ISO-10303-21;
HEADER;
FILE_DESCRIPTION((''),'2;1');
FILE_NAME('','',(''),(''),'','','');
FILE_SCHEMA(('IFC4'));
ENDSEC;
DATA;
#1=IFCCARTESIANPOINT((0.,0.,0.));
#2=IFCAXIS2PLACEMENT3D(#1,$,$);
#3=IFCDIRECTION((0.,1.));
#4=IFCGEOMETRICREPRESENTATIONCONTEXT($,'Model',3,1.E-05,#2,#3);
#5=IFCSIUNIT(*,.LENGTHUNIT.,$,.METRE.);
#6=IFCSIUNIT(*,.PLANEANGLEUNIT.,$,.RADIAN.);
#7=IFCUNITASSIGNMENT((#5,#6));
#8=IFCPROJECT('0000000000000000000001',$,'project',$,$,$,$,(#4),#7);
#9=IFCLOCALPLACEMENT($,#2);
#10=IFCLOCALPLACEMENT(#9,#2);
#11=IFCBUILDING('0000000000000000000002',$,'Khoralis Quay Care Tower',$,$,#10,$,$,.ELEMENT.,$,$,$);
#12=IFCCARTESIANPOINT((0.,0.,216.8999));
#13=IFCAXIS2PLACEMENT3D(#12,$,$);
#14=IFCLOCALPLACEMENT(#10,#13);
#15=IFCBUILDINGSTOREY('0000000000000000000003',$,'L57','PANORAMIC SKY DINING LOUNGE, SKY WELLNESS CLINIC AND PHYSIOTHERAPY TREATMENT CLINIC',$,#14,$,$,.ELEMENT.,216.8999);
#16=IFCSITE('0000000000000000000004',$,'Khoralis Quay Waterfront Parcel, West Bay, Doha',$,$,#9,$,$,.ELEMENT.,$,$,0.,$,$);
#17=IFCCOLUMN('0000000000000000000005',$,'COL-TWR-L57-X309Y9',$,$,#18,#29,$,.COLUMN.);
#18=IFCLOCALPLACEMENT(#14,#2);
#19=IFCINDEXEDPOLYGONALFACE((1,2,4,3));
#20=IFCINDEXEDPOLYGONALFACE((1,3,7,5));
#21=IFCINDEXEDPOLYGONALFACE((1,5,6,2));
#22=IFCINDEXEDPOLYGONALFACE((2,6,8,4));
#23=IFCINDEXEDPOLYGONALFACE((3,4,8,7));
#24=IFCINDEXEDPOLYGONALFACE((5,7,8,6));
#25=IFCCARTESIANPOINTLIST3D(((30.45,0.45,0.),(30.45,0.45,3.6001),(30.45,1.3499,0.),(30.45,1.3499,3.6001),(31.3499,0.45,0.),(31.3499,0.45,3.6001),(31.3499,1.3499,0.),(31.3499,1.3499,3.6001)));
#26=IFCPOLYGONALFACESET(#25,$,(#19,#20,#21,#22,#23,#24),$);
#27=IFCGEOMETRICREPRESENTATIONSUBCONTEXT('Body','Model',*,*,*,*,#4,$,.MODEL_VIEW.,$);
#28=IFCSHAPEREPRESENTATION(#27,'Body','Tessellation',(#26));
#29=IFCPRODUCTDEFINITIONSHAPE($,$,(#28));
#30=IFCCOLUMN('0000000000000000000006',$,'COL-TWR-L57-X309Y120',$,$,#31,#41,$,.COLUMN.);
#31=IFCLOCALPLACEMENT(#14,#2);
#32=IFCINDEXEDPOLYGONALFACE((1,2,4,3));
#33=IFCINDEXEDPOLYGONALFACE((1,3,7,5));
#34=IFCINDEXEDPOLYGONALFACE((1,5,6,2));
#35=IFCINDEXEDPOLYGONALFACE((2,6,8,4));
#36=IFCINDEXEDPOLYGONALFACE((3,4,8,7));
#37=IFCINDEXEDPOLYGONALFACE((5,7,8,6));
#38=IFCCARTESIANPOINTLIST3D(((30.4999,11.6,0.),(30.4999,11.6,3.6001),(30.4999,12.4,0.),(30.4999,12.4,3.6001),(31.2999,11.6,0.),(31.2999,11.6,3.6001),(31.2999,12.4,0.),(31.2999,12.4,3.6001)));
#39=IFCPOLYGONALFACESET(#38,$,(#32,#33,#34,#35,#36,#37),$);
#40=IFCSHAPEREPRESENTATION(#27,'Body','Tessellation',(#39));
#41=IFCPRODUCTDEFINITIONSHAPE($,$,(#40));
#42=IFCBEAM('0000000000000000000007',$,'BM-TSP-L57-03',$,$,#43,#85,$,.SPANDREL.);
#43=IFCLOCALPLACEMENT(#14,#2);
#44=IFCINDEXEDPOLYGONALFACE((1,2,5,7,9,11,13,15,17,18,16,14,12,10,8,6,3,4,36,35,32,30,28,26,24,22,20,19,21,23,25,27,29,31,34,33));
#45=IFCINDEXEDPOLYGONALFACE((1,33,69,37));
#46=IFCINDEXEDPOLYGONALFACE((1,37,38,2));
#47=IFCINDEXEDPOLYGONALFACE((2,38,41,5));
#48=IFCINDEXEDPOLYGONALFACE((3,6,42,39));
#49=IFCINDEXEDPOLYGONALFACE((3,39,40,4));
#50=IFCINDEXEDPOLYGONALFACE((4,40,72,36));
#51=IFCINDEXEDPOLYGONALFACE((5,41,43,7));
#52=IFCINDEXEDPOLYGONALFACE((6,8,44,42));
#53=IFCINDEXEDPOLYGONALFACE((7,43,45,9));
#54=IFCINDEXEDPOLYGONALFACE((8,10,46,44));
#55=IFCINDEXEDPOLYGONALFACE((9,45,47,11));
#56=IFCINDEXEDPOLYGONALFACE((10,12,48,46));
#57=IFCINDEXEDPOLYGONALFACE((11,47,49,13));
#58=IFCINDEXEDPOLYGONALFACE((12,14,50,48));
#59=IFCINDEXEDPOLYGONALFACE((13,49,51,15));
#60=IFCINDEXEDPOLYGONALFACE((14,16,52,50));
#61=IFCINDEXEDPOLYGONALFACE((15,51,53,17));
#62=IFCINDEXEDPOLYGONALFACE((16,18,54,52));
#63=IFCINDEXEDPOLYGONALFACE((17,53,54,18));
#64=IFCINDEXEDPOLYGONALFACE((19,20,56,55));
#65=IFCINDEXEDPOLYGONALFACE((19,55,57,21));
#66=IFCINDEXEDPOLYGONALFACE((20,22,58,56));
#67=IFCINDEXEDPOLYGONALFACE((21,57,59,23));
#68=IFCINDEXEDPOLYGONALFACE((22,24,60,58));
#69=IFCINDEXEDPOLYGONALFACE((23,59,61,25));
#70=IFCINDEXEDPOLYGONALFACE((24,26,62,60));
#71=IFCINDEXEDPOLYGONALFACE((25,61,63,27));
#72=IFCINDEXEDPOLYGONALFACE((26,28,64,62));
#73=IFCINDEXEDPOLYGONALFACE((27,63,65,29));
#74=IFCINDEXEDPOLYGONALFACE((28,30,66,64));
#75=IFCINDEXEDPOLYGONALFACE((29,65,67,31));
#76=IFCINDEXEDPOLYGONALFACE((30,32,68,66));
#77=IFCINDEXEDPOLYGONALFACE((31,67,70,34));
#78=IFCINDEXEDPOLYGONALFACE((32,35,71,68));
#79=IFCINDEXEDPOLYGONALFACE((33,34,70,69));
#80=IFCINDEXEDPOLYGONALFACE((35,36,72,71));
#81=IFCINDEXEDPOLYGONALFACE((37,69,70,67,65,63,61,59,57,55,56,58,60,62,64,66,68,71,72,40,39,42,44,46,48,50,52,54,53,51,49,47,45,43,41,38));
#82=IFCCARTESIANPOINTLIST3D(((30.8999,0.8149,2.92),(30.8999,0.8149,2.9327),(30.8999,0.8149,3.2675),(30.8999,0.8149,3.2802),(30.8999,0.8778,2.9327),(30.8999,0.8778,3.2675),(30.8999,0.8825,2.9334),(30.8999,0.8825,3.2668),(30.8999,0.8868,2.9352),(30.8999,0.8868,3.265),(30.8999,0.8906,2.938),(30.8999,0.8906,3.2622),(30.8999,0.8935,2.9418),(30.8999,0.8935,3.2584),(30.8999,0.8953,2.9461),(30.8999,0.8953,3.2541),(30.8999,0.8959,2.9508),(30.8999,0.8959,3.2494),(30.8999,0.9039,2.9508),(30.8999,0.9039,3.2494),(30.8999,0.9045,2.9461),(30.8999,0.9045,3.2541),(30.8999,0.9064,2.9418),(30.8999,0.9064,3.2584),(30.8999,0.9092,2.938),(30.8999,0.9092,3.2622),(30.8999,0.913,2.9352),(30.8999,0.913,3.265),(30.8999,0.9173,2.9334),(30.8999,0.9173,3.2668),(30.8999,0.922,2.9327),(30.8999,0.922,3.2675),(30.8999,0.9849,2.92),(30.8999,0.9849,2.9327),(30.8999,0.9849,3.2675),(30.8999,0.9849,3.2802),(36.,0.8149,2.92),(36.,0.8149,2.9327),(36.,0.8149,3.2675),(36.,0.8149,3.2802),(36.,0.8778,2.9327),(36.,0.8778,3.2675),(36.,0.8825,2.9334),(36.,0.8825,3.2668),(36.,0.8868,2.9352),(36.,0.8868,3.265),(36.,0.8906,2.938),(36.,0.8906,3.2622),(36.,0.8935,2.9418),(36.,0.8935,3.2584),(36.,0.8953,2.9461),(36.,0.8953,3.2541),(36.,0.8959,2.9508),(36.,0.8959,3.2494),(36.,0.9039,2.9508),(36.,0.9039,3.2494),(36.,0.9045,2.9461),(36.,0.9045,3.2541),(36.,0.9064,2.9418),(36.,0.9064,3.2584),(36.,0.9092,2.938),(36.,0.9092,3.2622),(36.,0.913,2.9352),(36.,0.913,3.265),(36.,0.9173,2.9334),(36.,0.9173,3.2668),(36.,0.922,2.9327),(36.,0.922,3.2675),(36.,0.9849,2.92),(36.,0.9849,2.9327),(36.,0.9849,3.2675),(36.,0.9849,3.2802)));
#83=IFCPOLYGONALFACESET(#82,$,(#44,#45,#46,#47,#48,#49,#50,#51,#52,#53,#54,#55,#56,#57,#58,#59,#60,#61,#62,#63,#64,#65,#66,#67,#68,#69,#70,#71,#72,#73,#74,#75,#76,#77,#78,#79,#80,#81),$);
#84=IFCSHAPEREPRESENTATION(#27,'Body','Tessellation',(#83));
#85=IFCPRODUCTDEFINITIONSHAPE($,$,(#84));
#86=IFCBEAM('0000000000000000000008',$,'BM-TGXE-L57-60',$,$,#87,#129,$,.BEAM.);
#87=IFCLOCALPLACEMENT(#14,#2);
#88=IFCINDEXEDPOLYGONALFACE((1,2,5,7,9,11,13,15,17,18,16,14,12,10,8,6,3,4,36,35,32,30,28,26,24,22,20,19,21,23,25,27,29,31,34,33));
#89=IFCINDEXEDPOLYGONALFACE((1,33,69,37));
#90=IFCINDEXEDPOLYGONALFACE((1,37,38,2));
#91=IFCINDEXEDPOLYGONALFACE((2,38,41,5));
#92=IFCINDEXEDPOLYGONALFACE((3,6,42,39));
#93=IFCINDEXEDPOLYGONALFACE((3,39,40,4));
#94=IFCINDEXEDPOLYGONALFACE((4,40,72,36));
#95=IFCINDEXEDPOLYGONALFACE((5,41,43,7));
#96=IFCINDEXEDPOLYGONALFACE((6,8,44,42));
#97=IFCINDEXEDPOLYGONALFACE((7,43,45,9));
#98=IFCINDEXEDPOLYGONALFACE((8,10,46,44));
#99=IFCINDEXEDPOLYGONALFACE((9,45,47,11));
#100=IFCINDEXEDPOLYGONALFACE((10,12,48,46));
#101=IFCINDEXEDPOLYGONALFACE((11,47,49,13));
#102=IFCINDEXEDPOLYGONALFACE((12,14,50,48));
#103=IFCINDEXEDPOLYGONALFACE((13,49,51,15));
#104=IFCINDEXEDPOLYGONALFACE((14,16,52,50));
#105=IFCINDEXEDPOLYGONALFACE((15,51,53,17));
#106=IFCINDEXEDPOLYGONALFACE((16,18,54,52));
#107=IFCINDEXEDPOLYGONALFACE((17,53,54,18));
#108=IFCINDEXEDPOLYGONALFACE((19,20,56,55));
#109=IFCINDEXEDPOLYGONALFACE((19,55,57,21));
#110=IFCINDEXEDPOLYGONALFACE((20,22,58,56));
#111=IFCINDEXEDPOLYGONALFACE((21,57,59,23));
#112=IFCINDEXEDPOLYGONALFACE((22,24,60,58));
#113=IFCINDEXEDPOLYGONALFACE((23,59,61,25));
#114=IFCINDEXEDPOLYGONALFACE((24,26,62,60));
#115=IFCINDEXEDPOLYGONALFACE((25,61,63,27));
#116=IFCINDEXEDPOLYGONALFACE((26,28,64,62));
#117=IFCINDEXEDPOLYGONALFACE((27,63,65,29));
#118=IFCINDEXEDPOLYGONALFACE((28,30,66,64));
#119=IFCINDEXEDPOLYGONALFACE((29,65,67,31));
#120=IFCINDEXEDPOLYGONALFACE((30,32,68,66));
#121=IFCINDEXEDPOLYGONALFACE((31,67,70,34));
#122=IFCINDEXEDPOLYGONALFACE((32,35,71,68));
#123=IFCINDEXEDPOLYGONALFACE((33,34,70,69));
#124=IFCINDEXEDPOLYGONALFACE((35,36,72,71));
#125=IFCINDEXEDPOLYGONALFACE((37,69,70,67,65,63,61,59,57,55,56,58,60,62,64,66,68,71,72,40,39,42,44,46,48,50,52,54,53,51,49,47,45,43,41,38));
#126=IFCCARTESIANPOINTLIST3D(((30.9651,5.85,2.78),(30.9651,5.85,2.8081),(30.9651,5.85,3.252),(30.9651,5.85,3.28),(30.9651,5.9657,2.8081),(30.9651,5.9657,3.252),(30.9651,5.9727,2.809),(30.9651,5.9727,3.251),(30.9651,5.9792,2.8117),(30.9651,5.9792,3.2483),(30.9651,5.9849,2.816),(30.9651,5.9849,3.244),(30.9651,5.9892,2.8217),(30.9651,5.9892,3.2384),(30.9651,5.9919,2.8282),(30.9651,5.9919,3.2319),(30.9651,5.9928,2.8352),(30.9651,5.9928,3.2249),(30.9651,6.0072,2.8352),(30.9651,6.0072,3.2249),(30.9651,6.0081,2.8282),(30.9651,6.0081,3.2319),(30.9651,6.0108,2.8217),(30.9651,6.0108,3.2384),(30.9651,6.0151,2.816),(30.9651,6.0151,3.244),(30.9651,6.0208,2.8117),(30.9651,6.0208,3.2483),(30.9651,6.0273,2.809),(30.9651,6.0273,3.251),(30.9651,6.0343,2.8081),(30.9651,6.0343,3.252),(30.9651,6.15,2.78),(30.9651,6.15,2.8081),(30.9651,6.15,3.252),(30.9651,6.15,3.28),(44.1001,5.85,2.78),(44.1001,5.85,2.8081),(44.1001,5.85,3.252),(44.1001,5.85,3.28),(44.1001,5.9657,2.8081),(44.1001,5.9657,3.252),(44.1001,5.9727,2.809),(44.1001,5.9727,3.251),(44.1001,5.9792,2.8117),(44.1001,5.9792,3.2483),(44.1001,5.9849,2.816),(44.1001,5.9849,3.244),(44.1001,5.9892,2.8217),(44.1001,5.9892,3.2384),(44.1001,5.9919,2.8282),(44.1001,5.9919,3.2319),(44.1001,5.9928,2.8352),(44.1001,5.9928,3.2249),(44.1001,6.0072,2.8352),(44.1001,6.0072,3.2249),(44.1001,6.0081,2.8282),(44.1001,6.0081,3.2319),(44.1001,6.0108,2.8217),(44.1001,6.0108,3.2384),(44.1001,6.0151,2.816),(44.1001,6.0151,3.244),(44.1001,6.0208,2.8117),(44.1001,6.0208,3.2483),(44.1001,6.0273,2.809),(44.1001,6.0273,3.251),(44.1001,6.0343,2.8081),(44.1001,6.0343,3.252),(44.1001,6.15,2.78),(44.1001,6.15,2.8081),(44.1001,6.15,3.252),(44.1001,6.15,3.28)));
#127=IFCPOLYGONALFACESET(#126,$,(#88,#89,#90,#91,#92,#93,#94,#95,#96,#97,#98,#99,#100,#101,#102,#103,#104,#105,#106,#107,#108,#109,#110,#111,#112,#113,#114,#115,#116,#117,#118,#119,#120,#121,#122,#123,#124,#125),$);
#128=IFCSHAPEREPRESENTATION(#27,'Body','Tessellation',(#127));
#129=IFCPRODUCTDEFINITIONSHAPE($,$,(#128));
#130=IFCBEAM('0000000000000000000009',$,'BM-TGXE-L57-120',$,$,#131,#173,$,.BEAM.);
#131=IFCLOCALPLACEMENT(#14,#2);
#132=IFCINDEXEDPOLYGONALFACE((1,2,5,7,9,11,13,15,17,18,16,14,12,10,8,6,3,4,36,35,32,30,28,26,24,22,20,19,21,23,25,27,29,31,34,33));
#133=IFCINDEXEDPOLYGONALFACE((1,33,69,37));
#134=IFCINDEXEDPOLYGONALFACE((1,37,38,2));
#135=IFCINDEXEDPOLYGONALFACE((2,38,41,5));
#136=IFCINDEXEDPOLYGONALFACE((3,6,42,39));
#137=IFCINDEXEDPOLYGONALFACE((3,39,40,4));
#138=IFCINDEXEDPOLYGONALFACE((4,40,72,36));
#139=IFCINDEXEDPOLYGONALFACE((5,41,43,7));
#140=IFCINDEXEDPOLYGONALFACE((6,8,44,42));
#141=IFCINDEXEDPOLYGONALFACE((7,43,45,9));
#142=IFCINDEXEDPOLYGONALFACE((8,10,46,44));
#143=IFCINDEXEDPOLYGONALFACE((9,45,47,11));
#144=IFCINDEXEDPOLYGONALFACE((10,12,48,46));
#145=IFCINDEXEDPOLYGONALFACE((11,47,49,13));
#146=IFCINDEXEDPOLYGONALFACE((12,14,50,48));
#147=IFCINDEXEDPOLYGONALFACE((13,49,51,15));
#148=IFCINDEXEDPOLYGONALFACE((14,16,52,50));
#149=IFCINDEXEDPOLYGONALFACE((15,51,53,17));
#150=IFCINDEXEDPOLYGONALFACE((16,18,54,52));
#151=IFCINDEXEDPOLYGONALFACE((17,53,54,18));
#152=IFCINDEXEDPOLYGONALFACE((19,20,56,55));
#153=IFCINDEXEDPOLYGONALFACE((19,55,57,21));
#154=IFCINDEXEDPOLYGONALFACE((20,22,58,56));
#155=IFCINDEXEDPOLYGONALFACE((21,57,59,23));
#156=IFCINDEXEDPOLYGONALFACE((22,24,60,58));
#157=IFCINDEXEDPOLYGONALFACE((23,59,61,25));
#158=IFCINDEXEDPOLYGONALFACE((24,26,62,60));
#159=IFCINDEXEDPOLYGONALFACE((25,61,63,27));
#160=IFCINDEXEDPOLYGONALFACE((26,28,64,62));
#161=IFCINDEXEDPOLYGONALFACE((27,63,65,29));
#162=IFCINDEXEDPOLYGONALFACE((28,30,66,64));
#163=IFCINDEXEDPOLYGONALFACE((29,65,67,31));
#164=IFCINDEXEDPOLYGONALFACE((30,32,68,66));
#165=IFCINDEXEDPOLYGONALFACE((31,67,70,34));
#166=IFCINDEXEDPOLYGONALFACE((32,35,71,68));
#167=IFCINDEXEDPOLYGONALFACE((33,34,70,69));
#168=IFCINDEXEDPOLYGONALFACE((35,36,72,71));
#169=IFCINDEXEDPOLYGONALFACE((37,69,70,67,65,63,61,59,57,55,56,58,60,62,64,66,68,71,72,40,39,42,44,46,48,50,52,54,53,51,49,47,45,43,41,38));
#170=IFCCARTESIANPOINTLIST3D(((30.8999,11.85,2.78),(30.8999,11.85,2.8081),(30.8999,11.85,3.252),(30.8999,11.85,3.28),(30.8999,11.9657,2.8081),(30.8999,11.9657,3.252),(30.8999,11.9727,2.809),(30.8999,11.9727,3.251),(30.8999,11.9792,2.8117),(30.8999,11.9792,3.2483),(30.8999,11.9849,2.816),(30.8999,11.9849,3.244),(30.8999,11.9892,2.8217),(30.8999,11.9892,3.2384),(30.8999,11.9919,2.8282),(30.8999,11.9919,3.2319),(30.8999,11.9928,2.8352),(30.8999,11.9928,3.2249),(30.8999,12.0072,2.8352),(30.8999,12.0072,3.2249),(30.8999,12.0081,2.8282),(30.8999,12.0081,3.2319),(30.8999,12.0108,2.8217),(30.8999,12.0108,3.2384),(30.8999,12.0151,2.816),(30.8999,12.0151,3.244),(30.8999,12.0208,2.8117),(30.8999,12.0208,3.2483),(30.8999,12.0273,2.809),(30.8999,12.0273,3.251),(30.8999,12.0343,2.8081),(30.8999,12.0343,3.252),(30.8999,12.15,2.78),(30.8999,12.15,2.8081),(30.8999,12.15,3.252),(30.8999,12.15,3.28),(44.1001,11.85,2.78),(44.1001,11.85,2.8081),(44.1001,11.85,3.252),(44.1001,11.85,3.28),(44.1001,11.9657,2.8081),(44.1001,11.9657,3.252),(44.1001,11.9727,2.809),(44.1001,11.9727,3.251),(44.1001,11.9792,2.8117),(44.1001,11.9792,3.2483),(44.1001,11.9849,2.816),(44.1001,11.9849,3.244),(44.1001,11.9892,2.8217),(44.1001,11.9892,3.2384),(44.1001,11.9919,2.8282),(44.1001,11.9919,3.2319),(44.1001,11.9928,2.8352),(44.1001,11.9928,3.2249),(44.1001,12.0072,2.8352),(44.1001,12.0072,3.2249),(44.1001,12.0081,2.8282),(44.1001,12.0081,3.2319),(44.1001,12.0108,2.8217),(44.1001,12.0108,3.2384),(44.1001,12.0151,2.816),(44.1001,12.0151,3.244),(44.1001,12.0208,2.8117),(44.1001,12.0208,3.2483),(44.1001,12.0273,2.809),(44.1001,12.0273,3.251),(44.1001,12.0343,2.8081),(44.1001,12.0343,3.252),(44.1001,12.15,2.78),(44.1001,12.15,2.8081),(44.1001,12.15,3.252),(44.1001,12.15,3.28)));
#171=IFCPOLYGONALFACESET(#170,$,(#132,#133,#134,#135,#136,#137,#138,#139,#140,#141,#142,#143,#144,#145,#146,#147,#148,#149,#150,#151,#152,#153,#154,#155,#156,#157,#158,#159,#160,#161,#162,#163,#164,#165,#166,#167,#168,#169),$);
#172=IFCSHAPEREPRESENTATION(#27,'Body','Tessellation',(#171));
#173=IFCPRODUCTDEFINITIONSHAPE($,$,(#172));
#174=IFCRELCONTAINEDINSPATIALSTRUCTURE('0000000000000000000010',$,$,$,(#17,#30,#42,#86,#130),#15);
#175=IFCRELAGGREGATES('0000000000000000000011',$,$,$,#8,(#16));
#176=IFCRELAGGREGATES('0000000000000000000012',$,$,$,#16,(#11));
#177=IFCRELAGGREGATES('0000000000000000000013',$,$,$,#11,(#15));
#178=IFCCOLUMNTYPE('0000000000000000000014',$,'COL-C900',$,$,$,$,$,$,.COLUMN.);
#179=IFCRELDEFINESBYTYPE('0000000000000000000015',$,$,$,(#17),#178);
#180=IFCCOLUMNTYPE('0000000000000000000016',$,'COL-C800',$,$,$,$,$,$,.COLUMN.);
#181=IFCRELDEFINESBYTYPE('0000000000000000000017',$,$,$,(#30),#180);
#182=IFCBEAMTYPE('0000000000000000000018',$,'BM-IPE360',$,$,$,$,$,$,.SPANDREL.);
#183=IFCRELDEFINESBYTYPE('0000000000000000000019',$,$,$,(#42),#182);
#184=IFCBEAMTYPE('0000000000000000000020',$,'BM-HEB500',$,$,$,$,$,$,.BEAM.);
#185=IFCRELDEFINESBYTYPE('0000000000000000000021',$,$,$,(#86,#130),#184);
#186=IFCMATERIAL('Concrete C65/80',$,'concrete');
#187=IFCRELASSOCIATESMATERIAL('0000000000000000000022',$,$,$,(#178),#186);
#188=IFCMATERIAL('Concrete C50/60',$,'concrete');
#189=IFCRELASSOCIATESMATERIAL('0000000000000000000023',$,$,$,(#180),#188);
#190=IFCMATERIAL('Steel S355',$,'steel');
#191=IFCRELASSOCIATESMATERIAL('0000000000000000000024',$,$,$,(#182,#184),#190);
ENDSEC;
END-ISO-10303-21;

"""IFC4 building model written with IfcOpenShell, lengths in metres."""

from ifc_helpers import new_model, si_unit, direction, frame, origin, origin_2d, place, context, subcontext, project, spatial, rectangle, i_section, extrude, source, transform, mapped, material, material_profile, profile_set, type_object, element, save


model = new_model("IFC4")

# Units and contexts
model_context = context("Model", 3, precision=1e-05, world=origin(), true_north=direction((0.0, 1.0)))
body_context = subcontext(model_context, "Body", "Model", "MODEL_VIEW")
ifc_project = project(units=[si_unit("LENGTHUNIT", "METRE"), si_unit("PLANEANGLEUNIT", "RADIAN")], contexts=[model_context])

# Site, building, storey
site_placement = place(None, origin())
site = spatial("IfcSite", under=ifc_project, at=site_placement, Name="Khoralis Quay Waterfront Parcel, West Bay, Doha", CompositionType="ELEMENT", RefElevation=0.0)
building_placement = place(site_placement, origin())
building = spatial("IfcBuilding", under=site, at=building_placement, Name="Khoralis Quay Care Tower", CompositionType="ELEMENT")
storey_placement = place(building_placement, frame((0.0, 0.0, 216.8999)))
storey = spatial("IfcBuildingStorey", under=building, at=storey_placement, Name="L57", Description="PANORAMIC SKY DINING LOUNGE, SKY WELLNESS CLINIC AND PHYSIOTHERAPY TREATMENT CLINIC", CompositionType="ELEMENT", Elevation=216.8999)

# Columns
ifc_material_1 = material(Name="Concrete C65/80", Category="concrete")
ifc_material_profile_1 = material_profile(ifc_material_1, rectangle(XDim=0.8999, YDim=0.8999, at=origin_2d()), Name="Concrete C65/80")
ifc_profile_set_1 = profile_set([ifc_material_profile_1], Name="Concrete C65/80")
column_type_1 = type_object("IfcColumnType", Name="COL-C900", PredefinedType="COLUMN", material=ifc_profile_set_1)
shared_shape_1 = source(origin(), body_context, "Body", "SweptSolid", [
    extrude(rectangle(XDim=0.8999, YDim=0.8999, at=origin_2d()), origin(), (0.0, 0.0, 1.0), 3.6001),
])
column_1_placement = place(storey_placement, frame((30.8999, 0.8999, 0.0), z_axis=(0.0, 0.0, 1.0), x_axis=(1.0, 0.0, 0.0)))
element("IfcColumn", 1, at=column_1_placement, inside=storey, type_object=column_type_1, Name="COL-TWR-L57-X309Y9", PredefinedType="COLUMN", context=body_context, shape_type="MappedRepresentation", body=[
    mapped(shared_shape_1, transform((0.0, 0.0, 0.0), scale=1.0)),
])
ifc_material_2 = material(Name="Concrete C50/60", Category="concrete")
ifc_material_profile_2 = material_profile(ifc_material_2, rectangle(XDim=0.8, YDim=0.8, at=origin_2d()), Name="Concrete C50/60")
ifc_profile_set_2 = profile_set([ifc_material_profile_2], Name="Concrete C50/60")
column_type_2 = type_object("IfcColumnType", Name="COL-C800", PredefinedType="COLUMN", material=ifc_profile_set_2)
shared_shape_2 = source(origin(), body_context, "Body", "SweptSolid", [
    extrude(rectangle(XDim=0.8, YDim=0.8, at=origin_2d()), origin(), (0.0, 0.0, 1.0), 3.6001),
])
column_2_placement = place(storey_placement, frame((30.8999, 12.0, 0.0), z_axis=(0.0, 0.0, 1.0), x_axis=(1.0, 0.0, 0.0)))
element("IfcColumn", 2, at=column_2_placement, inside=storey, type_object=column_type_2, Name="COL-TWR-L57-X309Y120", PredefinedType="COLUMN", context=body_context, shape_type="MappedRepresentation", body=[
    mapped(shared_shape_2, transform((0.0, 0.0, 0.0), scale=1.0)),
])

# Beams
ifc_material_3 = material(Name="Steel S355", Category="steel")
ifc_material_profile_3 = material_profile(ifc_material_3, i_section(OverallWidth=0.1699, OverallDepth=0.3601, WebThickness=0.0081, FlangeThickness=0.0127, FilletRadius=0.0181, at=origin_2d()), Name="Steel S355")
ifc_profile_set_3 = profile_set([ifc_material_profile_3], Name="Steel S355")
beam_type_1 = type_object("IfcBeamType", Name="BM-IPE360", PredefinedType="SPANDREL", material=ifc_profile_set_3)
shared_shape_3 = source(origin(), body_context, "Body", "SweptSolid", [
    extrude(i_section(OverallWidth=0.1699, OverallDepth=0.3601, WebThickness=0.0081, FlangeThickness=0.0127, FilletRadius=0.0181, at=origin_2d()), origin(), (0.0, 0.0, 1.0), 5.1001),
])
beam_1_placement = place(storey_placement, frame((30.8999, 0.8999, 3.1001), z_axis=(1.0, 0.0, 0.0), x_axis=(0.0, 1.0, 0.0)))
element("IfcBeam", 3, at=beam_1_placement, inside=storey, type_object=beam_type_1, Name="BM-TSP-L57-03", PredefinedType="SPANDREL", context=body_context, shape_type="MappedRepresentation", body=[
    mapped(shared_shape_3, transform((0.0, 0.0, 0.0), scale=1.0)),
])
ifc_material_profile_4 = material_profile(ifc_material_3, i_section(OverallWidth=0.3, OverallDepth=0.5, WebThickness=0.0144, FlangeThickness=0.0281, FilletRadius=0.0271, at=origin_2d()), Name="Steel S355")
ifc_profile_set_4 = profile_set([ifc_material_profile_4], Name="Steel S355")
beam_type_2 = type_object("IfcBeamType", Name="BM-HEB500", PredefinedType="BEAM", material=ifc_profile_set_4)
shared_shape_4 = source(origin(), body_context, "Body", "SweptSolid", [
    extrude(i_section(OverallWidth=0.3, OverallDepth=0.5, WebThickness=0.0144, FlangeThickness=0.0281, FilletRadius=0.0271, at=origin_2d()), origin(), (0.0, 0.0, 1.0), 13.135),
])
beam_2_placement = place(storey_placement, frame((30.9651, 6.0, 3.03), z_axis=(1.0, 0.0, 0.0), x_axis=(0.0, 1.0, 0.0)))
element("IfcBeam", 4, at=beam_2_placement, inside=storey, type_object=beam_type_2, Name="BM-TGXE-L57-60", PredefinedType="BEAM", context=body_context, shape_type="MappedRepresentation", body=[
    mapped(shared_shape_4, transform((0.0, 0.0, 0.0), scale=1.0)),
])
shared_shape_5 = source(origin(), body_context, "Body", "SweptSolid", [
    extrude(i_section(OverallWidth=0.3, OverallDepth=0.5, WebThickness=0.0144, FlangeThickness=0.0281, FilletRadius=0.0271, at=origin_2d()), origin(), (0.0, 0.0, 1.0), 13.2002),
])
beam_3_placement = place(storey_placement, frame((30.8999, 12.0, 3.03), z_axis=(1.0, 0.0, 0.0), x_axis=(0.0, 1.0, 0.0)))
element("IfcBeam", 5, at=beam_3_placement, inside=storey, type_object=beam_type_2, Name="BM-TGXE-L57-120", PredefinedType="BEAM", context=body_context, shape_type="MappedRepresentation", body=[
    mapped(shared_shape_5, transform((0.0, 0.0, 0.0), scale=1.0)),
])

save(model, "model.ifc")
